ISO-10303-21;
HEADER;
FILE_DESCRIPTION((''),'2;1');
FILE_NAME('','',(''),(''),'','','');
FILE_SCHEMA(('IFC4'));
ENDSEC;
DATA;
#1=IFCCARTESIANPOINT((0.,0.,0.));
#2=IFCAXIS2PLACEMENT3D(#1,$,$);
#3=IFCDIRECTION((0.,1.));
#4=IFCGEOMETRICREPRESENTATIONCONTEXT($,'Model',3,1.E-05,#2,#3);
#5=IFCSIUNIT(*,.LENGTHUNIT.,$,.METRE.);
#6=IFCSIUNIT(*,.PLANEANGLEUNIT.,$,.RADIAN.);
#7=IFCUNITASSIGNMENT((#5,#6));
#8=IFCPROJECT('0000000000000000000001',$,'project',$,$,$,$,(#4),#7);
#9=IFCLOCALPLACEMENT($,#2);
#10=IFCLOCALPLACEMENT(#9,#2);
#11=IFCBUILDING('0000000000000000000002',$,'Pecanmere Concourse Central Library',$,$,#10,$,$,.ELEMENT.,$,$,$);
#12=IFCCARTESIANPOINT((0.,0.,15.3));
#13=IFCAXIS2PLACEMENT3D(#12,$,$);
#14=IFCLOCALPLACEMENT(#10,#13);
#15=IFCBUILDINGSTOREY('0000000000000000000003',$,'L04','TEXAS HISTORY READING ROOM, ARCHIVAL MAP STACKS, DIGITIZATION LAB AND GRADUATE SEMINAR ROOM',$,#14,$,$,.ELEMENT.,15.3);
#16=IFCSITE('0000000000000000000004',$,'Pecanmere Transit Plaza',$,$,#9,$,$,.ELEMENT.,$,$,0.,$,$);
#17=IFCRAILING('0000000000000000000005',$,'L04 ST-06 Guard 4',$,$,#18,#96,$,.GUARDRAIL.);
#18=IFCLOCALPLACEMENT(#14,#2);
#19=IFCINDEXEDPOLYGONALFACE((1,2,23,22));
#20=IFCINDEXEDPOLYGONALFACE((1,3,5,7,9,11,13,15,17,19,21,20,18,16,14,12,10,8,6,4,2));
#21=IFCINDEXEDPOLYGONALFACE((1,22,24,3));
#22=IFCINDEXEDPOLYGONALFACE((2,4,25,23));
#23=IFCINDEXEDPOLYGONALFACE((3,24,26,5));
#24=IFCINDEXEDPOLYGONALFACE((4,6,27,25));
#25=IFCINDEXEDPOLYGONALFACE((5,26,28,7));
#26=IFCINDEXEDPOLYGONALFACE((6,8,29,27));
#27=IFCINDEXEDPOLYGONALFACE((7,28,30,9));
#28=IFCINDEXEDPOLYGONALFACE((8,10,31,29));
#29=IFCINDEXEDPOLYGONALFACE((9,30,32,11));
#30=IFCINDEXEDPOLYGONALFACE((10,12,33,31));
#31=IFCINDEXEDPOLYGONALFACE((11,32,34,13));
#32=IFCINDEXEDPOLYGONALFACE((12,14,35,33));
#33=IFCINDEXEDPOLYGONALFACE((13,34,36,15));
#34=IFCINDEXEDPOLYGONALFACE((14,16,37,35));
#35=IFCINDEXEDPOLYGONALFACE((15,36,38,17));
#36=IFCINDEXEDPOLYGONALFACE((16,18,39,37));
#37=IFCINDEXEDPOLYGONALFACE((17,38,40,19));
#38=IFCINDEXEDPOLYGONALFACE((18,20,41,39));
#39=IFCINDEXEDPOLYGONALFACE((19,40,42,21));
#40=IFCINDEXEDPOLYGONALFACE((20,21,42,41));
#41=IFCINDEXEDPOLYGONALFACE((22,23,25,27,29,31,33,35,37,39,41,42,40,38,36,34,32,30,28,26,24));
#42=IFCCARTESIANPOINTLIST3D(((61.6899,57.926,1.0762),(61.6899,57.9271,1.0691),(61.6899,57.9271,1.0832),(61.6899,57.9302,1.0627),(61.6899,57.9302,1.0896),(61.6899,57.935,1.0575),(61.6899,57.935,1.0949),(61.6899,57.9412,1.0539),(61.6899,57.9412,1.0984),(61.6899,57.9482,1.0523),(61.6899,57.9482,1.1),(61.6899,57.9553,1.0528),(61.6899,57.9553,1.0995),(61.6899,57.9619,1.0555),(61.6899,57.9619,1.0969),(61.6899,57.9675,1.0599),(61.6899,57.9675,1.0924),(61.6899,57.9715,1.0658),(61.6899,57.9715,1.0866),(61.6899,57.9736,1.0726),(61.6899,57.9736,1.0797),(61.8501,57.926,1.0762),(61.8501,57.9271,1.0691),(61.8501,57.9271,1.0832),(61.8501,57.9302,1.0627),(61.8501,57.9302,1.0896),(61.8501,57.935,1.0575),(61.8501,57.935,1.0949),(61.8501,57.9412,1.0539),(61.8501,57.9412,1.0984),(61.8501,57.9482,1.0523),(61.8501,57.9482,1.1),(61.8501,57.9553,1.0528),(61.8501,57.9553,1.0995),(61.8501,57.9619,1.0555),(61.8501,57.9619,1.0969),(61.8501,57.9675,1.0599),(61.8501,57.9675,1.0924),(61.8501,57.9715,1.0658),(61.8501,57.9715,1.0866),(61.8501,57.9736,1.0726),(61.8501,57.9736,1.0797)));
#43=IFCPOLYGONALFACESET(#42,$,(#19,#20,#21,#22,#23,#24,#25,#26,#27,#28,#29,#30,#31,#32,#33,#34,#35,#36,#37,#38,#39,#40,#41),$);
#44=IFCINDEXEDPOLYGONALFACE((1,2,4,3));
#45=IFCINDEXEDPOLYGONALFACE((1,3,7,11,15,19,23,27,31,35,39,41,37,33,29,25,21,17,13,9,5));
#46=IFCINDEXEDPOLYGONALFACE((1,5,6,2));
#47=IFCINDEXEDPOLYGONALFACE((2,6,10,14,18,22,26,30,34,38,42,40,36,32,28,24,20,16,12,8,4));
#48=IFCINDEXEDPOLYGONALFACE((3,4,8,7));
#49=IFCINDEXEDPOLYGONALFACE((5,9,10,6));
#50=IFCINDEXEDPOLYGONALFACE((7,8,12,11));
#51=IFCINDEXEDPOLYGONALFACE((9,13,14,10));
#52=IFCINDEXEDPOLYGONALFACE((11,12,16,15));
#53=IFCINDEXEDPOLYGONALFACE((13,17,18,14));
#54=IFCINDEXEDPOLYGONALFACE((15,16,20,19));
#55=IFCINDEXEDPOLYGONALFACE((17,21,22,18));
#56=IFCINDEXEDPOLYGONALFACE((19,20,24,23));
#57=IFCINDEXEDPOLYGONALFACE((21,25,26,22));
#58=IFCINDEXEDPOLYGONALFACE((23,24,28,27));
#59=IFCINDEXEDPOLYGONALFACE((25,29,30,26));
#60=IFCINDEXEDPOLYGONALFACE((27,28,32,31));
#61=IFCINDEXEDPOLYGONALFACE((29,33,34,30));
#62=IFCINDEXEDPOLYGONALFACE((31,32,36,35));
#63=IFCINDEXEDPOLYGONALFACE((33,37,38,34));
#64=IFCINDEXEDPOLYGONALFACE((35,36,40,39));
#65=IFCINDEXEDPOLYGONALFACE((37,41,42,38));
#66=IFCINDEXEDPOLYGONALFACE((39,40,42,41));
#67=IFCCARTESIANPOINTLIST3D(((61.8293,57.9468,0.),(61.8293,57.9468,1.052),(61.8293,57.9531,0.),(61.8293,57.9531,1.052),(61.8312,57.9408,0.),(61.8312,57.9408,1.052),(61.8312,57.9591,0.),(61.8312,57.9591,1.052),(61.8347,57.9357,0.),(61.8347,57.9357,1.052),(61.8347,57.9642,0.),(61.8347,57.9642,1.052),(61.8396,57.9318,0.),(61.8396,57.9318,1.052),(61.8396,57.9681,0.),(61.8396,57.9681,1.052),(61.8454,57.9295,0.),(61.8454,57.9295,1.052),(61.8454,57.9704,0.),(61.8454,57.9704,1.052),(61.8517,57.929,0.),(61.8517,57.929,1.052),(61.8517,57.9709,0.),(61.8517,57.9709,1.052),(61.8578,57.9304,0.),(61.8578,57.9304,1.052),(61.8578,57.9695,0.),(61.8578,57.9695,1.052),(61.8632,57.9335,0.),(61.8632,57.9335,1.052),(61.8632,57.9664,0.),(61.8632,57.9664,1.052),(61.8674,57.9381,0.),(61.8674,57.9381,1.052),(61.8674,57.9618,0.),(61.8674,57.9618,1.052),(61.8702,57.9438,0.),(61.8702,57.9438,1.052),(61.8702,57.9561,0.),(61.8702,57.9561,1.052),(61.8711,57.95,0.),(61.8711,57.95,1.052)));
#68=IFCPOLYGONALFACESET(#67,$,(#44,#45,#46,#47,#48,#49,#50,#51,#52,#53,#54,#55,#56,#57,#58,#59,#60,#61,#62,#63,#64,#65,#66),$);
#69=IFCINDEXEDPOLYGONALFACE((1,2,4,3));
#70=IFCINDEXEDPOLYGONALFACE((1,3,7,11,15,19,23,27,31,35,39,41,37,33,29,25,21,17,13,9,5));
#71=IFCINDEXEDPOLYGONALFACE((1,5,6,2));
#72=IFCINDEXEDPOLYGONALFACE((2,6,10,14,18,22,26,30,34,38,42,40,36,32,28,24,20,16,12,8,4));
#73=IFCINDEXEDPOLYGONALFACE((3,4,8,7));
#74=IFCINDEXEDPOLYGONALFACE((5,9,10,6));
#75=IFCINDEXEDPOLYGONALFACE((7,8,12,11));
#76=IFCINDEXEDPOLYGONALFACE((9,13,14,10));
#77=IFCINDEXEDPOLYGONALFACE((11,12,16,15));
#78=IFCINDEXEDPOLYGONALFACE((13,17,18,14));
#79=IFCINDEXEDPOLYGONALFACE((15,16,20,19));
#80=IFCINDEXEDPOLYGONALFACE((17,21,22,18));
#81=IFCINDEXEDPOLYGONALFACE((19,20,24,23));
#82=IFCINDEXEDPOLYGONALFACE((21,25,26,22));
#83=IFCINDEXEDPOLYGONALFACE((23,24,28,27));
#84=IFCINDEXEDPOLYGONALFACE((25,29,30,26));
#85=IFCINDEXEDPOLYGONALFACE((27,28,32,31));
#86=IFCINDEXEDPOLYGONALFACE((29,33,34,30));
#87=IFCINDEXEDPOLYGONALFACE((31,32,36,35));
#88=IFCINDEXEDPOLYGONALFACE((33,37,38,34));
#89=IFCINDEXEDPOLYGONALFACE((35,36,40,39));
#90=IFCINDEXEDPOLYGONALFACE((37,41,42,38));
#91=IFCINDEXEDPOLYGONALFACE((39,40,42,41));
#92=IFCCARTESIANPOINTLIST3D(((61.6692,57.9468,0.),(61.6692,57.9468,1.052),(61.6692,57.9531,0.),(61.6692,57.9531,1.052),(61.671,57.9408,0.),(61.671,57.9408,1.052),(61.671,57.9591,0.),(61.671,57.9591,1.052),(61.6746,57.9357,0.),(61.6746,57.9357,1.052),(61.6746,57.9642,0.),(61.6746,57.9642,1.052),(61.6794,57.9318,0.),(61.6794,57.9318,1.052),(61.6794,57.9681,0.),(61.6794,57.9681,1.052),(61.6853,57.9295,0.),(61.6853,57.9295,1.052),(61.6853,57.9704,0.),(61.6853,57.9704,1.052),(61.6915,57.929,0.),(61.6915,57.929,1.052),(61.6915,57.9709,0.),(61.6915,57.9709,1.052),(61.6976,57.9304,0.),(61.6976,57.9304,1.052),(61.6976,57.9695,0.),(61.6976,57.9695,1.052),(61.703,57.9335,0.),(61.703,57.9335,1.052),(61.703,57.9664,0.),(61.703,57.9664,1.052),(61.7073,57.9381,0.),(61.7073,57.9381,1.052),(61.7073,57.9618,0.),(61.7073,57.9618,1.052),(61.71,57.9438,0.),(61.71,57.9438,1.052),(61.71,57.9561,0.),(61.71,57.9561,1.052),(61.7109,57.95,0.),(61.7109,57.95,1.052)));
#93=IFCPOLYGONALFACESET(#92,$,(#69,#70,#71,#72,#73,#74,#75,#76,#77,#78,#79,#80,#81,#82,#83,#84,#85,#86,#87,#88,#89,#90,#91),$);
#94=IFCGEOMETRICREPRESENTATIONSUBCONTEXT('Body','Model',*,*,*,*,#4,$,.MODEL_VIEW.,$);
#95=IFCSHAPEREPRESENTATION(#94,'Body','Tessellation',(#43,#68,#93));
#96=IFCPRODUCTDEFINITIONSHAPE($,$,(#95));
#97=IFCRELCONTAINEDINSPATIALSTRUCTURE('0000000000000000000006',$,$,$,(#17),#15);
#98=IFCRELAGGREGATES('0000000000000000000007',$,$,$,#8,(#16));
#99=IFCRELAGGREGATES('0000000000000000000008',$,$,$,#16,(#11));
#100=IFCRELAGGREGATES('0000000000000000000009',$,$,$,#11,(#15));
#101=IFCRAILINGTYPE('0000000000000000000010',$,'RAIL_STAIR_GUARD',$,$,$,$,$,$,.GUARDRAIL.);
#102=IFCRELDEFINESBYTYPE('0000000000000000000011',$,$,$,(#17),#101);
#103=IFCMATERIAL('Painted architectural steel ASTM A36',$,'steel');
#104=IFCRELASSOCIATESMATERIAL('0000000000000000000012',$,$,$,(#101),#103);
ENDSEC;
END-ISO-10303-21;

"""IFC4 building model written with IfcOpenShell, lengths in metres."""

from ifc_helpers import new_model, si_unit, direction, frame, origin, origin_2d, place, context, subcontext, project, spatial, circle, extrude, material, type_object, element, save


model = new_model("IFC4")

# Units and contexts
model_context = context("Model", 3, precision=1e-05, world=origin(), true_north=direction((0.0, 1.0)))
body_context = subcontext(model_context, "Body", "Model", "MODEL_VIEW")
ifc_project = project(units=[si_unit("LENGTHUNIT", "METRE"), si_unit("PLANEANGLEUNIT", "RADIAN")], contexts=[model_context])

# Site, building, storey
site_placement = place(None, origin())
site = spatial("IfcSite", under=ifc_project, at=site_placement, Name="Pecanmere Transit Plaza", CompositionType="ELEMENT", RefElevation=0.0)
building_placement = place(site_placement, origin())
building = spatial("IfcBuilding", under=site, at=building_placement, Name="Pecanmere Concourse Central Library", CompositionType="ELEMENT")
storey_placement = place(building_placement, frame((0.0, 0.0, 15.3)))
storey = spatial("IfcBuildingStorey", under=building, at=storey_placement, Name="L04", Description="TEXAS HISTORY READING ROOM, ARCHIVAL MAP STACKS, DIGITIZATION LAB AND GRADUATE SEMINAR ROOM", CompositionType="ELEMENT", Elevation=15.3)

# Railing
ifc_material_1 = material(Name="Painted architectural steel ASTM A36", Category="steel")
railing_type_1 = type_object("IfcRailingType", Name="RAIL_STAIR_GUARD", PredefinedType="GUARDRAIL", material=ifc_material_1)
railing_1_placement = place(storey_placement, frame((61.8501, 57.95, 0.0)))
element("IfcRailing", 1, at=railing_1_placement, inside=storey, type_object=railing_type_1, Name="L04 ST-06 Guard 4", PredefinedType="GUARDRAIL", context=body_context, shape_type="SweptSolid", body=[
    extrude(circle(Radius=0.0239, at=origin_2d()), frame((0.0, 0.0, 1.0762), z_axis=(-1.0, 0.0, 0.0), x_axis=(0.0, -1.0, 0.0)), (0.0, 0.0, 1.0), 0.1602),
    extrude(circle(Radius=0.021, at=origin_2d()), origin(), (0.0, 0.0, 1.0), 1.052),
    extrude(circle(Radius=0.021, at=origin_2d()), frame((-0.1602, 0.0, 0.0)), (0.0, 0.0, 1.0), 1.052),
])

save(model, "model.ifc")
